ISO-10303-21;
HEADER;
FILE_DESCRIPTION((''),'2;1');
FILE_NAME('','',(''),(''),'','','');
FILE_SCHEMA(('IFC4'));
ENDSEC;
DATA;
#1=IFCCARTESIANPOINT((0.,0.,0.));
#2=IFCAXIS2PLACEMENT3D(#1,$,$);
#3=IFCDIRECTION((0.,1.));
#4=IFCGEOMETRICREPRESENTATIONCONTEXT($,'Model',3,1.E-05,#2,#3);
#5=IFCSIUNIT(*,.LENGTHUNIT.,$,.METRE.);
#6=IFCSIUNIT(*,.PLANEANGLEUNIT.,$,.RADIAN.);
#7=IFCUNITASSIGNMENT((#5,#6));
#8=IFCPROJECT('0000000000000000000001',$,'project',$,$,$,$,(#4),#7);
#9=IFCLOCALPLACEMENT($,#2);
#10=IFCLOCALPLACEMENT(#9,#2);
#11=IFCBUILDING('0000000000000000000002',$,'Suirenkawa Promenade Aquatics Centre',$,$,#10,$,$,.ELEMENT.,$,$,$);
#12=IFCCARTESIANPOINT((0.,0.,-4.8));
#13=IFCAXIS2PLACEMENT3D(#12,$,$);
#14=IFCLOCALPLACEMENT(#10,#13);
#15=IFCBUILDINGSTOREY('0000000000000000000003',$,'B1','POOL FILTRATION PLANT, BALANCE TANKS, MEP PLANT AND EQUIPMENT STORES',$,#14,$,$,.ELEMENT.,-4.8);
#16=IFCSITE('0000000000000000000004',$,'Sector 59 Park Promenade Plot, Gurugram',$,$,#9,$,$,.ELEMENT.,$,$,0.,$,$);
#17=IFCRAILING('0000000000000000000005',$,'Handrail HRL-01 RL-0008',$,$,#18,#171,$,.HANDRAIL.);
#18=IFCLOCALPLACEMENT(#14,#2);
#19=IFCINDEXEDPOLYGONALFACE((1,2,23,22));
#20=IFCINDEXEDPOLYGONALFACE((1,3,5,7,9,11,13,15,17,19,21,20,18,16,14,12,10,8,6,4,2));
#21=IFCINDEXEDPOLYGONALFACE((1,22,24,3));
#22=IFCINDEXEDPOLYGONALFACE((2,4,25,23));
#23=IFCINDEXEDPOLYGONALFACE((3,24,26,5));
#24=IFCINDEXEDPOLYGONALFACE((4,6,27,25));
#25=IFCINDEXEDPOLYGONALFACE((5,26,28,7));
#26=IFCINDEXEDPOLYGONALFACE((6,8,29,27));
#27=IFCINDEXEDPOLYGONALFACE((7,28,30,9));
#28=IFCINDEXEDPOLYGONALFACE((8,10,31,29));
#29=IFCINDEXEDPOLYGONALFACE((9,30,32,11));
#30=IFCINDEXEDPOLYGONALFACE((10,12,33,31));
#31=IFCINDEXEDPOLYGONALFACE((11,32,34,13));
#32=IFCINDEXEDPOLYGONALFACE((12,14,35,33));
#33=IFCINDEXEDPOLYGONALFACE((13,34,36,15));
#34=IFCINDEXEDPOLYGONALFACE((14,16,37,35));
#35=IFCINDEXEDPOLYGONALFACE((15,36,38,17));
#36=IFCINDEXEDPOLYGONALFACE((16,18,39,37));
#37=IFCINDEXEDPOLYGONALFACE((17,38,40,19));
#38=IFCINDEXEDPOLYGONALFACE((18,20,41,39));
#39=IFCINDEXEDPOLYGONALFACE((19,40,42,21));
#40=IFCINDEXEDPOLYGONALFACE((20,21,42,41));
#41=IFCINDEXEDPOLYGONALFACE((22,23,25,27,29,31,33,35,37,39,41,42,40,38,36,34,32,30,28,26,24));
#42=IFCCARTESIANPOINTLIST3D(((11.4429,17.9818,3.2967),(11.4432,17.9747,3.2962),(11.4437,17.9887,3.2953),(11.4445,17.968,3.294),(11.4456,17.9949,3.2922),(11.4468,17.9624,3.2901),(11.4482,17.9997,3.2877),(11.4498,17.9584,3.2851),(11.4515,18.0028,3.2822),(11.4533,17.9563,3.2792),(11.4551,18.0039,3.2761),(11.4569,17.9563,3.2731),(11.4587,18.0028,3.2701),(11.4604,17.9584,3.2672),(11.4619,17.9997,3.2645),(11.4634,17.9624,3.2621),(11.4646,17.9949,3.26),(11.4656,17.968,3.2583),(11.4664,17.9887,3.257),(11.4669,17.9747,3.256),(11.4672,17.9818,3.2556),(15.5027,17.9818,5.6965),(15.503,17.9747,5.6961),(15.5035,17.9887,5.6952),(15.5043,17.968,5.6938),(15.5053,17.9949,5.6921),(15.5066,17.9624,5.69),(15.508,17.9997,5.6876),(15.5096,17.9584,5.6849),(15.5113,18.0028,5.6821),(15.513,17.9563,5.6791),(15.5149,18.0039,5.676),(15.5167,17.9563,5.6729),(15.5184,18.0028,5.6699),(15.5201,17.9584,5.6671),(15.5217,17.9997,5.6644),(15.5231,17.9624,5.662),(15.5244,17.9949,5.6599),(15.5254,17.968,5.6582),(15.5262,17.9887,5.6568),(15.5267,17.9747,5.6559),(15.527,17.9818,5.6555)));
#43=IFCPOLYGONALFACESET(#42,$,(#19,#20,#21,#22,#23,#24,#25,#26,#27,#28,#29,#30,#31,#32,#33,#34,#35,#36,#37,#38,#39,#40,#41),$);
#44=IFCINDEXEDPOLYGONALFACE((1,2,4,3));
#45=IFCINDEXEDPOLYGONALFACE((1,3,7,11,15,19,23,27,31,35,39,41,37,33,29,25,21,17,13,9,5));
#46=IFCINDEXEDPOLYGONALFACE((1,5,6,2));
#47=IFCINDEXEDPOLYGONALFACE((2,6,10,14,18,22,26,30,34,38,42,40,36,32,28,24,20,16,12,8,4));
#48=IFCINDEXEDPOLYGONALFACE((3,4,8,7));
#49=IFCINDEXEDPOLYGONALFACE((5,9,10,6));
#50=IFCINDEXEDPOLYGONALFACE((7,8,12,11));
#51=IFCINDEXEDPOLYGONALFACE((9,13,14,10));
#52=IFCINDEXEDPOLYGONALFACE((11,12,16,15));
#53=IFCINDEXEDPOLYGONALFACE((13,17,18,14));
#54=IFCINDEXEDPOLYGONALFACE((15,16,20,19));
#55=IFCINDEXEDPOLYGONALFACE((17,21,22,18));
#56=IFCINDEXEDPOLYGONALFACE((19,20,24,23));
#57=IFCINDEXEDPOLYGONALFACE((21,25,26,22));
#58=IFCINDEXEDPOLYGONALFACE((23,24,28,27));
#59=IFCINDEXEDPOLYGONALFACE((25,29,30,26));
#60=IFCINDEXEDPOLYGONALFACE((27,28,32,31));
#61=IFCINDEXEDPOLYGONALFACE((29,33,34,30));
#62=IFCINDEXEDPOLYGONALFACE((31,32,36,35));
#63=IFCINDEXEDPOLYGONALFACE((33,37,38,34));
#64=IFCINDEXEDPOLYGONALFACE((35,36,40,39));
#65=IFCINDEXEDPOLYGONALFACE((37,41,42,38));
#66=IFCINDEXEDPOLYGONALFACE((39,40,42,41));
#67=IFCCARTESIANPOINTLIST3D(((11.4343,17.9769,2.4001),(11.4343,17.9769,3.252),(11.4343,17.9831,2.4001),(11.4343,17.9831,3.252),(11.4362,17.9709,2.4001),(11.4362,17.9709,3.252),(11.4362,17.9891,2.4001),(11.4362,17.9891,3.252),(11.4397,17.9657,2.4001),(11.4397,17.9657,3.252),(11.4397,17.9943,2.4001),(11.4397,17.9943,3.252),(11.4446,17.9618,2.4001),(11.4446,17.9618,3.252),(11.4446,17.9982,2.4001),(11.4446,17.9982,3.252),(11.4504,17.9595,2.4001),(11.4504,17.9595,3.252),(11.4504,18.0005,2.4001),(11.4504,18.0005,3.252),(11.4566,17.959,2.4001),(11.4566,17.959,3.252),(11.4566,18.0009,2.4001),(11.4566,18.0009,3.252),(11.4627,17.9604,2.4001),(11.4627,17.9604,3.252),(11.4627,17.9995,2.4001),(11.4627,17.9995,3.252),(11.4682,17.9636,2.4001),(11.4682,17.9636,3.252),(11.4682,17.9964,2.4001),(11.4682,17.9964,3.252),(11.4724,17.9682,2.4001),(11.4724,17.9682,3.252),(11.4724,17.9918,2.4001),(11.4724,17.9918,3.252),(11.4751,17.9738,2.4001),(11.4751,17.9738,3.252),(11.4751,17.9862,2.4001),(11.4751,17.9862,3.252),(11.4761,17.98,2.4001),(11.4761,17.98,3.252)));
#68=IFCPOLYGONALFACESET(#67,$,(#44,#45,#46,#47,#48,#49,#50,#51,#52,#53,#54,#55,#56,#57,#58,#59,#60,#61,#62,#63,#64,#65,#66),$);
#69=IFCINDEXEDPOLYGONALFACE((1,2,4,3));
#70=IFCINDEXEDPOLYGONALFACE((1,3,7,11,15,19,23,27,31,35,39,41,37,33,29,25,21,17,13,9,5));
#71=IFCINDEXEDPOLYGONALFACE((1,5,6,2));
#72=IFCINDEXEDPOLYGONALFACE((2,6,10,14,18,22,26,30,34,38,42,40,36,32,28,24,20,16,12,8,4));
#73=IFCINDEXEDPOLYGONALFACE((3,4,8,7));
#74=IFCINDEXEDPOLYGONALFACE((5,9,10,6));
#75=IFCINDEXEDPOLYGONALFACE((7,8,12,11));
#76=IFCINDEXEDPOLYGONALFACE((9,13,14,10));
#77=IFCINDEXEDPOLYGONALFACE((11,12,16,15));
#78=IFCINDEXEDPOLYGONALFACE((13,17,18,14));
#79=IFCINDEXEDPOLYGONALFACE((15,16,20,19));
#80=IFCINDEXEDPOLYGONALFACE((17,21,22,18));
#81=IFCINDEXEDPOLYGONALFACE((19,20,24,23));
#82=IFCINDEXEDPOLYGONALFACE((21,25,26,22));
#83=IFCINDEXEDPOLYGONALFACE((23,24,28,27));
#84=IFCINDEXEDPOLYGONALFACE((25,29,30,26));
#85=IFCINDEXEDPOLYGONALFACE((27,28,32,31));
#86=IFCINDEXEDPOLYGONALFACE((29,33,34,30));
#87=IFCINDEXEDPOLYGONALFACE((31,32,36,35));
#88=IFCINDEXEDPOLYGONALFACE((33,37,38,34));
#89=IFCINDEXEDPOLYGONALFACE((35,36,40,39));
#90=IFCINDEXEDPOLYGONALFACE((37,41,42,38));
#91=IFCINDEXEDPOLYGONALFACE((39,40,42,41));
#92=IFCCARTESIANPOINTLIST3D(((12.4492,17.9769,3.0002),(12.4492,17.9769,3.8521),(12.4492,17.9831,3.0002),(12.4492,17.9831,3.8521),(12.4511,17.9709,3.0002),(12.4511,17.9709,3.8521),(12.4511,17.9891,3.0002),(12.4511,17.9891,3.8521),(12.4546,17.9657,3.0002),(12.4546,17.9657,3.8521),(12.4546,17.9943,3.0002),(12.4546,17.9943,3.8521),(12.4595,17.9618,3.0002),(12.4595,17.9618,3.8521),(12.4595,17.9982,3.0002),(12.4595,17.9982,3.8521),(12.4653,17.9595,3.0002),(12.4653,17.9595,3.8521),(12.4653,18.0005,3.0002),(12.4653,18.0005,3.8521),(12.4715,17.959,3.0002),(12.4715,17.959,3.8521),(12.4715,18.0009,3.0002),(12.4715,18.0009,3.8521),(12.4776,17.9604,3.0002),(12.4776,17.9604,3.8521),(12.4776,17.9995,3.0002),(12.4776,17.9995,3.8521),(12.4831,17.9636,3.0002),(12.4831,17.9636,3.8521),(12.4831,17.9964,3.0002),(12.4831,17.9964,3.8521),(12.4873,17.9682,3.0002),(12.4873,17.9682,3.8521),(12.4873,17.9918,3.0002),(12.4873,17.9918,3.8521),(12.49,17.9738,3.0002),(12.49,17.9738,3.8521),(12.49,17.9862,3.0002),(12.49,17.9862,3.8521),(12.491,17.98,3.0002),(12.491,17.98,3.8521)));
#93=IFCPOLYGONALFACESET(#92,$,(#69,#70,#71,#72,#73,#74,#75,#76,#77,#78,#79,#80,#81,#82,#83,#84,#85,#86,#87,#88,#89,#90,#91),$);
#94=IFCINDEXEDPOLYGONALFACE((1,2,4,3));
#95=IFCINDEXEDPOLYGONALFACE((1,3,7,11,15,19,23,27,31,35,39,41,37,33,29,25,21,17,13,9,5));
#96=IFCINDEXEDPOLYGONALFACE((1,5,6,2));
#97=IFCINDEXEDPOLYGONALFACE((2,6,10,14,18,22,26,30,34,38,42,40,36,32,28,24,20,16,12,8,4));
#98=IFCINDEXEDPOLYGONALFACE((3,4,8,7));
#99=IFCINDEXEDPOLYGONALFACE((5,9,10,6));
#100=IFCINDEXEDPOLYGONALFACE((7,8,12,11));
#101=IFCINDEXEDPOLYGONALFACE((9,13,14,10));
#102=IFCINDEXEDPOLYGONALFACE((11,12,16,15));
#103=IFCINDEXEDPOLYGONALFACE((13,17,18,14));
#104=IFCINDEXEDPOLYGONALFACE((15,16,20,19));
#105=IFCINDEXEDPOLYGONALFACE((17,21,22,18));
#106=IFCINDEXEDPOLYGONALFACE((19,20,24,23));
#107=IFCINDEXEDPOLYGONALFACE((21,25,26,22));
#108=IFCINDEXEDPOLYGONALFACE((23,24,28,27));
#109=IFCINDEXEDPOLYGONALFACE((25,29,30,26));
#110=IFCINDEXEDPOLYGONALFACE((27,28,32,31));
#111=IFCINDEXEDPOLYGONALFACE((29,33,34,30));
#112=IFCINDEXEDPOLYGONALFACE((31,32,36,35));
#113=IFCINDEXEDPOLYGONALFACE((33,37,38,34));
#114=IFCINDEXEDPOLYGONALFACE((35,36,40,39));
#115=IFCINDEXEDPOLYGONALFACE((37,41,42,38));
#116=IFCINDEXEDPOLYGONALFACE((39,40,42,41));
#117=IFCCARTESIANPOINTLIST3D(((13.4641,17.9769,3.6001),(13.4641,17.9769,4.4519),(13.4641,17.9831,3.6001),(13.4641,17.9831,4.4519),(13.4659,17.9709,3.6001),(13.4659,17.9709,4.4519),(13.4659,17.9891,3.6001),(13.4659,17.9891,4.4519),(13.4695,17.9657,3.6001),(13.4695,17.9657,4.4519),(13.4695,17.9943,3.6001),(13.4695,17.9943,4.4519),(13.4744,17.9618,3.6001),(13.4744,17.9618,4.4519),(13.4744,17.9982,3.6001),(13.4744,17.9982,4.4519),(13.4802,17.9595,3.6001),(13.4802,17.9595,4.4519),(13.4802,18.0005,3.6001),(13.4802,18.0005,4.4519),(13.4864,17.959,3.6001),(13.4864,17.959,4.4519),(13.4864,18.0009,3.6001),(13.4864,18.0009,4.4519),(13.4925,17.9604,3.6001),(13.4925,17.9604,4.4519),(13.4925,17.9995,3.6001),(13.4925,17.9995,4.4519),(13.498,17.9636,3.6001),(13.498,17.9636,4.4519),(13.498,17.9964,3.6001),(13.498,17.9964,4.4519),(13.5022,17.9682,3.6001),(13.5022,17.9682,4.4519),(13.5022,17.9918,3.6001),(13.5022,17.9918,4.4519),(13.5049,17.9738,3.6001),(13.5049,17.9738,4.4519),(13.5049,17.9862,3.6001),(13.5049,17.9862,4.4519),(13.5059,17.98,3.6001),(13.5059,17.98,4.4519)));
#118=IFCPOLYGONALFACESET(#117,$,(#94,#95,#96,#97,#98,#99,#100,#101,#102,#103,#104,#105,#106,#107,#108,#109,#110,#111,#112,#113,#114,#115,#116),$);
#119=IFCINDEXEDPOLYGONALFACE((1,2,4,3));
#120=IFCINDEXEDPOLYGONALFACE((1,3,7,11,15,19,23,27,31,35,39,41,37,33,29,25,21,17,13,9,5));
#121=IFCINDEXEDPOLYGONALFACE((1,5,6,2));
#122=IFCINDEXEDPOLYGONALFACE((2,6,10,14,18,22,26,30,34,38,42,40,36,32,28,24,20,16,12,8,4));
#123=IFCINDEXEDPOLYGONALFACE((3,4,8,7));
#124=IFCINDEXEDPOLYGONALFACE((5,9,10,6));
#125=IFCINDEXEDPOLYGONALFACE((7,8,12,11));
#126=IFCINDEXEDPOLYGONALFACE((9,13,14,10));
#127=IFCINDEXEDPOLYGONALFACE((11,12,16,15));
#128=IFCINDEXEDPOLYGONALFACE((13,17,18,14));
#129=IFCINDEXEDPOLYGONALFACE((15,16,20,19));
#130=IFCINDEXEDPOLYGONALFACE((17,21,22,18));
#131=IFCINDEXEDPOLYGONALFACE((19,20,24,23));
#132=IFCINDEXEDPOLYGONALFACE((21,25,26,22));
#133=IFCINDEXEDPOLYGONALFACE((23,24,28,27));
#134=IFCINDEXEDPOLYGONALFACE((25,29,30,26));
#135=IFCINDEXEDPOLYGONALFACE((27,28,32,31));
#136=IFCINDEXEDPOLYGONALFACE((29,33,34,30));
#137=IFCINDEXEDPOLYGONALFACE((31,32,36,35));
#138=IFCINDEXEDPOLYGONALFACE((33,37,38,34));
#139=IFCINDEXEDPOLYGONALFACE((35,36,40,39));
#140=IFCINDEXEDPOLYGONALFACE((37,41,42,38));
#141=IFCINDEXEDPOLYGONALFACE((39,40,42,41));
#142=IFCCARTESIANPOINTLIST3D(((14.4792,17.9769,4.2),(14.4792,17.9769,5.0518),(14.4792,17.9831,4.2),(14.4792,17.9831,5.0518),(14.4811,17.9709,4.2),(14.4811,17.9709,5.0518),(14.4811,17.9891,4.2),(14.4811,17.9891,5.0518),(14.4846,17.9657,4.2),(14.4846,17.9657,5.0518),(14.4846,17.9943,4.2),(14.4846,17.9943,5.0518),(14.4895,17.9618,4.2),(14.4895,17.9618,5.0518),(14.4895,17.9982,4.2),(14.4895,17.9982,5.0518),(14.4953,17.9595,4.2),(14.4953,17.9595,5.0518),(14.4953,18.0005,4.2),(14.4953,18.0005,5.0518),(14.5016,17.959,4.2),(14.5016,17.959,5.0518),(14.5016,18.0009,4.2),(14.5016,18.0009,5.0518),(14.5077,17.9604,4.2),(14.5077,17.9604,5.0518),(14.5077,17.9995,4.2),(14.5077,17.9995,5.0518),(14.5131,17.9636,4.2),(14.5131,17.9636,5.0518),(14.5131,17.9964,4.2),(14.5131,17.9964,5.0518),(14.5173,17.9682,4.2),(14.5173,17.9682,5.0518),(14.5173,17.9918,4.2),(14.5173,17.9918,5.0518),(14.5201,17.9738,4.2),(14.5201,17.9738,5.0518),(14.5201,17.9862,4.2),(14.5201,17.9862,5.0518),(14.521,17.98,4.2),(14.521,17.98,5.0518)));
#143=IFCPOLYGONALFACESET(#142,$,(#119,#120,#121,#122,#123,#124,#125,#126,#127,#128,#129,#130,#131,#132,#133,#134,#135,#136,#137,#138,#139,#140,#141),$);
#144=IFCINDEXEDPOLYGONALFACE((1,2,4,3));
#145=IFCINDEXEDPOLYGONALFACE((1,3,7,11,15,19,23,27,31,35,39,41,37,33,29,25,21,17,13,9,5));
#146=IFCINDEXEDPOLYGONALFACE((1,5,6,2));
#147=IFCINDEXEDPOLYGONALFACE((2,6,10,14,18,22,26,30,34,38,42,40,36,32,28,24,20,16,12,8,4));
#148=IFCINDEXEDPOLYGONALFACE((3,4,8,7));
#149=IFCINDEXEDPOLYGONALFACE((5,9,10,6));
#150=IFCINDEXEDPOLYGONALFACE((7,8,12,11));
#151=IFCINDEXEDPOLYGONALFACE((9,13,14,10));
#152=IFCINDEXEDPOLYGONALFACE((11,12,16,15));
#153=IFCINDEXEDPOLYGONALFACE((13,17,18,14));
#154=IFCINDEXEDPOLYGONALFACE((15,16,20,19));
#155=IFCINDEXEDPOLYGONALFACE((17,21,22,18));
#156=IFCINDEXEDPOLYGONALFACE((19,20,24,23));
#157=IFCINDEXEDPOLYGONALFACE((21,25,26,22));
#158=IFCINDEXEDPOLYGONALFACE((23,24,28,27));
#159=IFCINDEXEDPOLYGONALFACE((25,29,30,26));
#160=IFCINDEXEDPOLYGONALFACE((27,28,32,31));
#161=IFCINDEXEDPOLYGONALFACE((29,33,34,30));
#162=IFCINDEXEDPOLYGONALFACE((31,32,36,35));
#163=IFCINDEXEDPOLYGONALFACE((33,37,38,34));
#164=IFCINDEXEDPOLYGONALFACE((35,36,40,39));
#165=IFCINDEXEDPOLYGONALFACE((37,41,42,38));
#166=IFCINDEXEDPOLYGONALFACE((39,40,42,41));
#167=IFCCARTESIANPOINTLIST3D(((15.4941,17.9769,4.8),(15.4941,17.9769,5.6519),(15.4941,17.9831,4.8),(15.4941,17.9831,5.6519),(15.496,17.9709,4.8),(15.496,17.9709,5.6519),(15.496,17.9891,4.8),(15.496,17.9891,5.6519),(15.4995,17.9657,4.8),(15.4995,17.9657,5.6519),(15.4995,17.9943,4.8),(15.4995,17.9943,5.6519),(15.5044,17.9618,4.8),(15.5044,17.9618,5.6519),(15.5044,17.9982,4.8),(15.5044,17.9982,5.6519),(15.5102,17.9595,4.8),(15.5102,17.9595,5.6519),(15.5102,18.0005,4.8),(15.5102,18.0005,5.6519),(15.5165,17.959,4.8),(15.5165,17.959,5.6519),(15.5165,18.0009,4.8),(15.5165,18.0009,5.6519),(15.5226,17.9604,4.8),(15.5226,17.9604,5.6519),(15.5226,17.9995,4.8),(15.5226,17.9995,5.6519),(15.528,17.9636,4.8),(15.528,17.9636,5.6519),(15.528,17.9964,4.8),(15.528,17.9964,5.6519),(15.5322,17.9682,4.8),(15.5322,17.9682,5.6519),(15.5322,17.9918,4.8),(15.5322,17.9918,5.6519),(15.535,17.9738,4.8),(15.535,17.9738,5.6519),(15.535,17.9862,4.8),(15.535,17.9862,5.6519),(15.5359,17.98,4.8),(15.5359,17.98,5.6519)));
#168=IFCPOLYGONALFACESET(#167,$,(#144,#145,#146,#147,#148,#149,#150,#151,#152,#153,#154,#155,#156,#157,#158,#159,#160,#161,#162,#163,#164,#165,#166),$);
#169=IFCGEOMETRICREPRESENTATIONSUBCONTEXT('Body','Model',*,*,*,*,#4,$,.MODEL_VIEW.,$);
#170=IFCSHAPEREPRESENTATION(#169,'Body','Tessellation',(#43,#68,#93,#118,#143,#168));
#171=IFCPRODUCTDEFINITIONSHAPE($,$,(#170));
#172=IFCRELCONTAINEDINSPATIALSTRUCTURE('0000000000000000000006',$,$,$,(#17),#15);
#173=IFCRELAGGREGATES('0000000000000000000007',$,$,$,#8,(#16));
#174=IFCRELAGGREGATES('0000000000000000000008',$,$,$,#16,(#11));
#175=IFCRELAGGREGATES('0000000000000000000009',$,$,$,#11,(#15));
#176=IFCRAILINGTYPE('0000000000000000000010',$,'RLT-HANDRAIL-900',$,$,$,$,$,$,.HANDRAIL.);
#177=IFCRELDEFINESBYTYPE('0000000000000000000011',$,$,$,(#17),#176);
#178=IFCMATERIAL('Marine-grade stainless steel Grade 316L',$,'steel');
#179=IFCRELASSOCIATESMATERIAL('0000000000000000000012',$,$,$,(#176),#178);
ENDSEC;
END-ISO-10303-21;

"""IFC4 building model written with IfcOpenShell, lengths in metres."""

from ifc_helpers import new_model, si_unit, direction, frame, origin, origin_2d, place, context, subcontext, project, spatial, circle, extrude, material, type_object, element, save


model = new_model("IFC4")

# Units and contexts
model_context = context("Model", 3, precision=1e-05, world=origin(), true_north=direction((0.0, 1.0)))
body_context = subcontext(model_context, "Body", "Model", "MODEL_VIEW")
ifc_project = project(units=[si_unit("LENGTHUNIT", "METRE"), si_unit("PLANEANGLEUNIT", "RADIAN")], contexts=[model_context])

# Site, building, storey
site_placement = place(None, origin())
site = spatial("IfcSite", under=ifc_project, at=site_placement, Name="Sector 59 Park Promenade Plot, Gurugram", CompositionType="ELEMENT", RefElevation=0.0)
building_placement = place(site_placement, origin())
building = spatial("IfcBuilding", under=site, at=building_placement, Name="Suirenkawa Promenade Aquatics Centre", CompositionType="ELEMENT")
storey_placement = place(building_placement, frame((0.0, 0.0, -4.8)))
storey = spatial("IfcBuildingStorey", under=building, at=storey_placement, Name="B1", Description="POOL FILTRATION PLANT, BALANCE TANKS, MEP PLANT AND EQUIPMENT STORES", CompositionType="ELEMENT", Elevation=-4.8)

# Railing
ifc_material_1 = material(Name="Marine-grade stainless steel Grade 316L", Category="steel")
railing_type_1 = type_object("IfcRailingType", Name="RLT-HANDRAIL-900", PredefinedType="HANDRAIL", material=ifc_material_1)
for number, where, name in (
    (1, (11.4551, 17.98, 2.4001), "Handrail HRL-01 RL-0008"),
):
    element("IfcRailing", number, at=place(storey_placement, frame(where)), inside=storey, type_object=railing_type_1, Name=name, PredefinedType="HANDRAIL", context=body_context, shape_type="SweptSolid", body=[
        extrude(circle(Radius=0.0239, at=origin_2d()), frame((0.0, 0.0, 0.876), z_axis=(0.860841, 0.0, 0.508874), x_axis=(0.0, 1.0, 0.0)), (0.0, 0.0, 1.0), 4.7161),
        extrude(circle(Radius=0.021, at=origin_2d()), origin(), (0.0, 0.0, 1.0), 0.8518),
        extrude(circle(Radius=0.021, at=origin_2d()), frame((1.0149, 0.0, 0.6001)), (0.0, 0.0, 1.0), 0.8518),
        extrude(circle(Radius=0.021, at=origin_2d()), frame((2.0298, 0.0, 1.2)), (0.0, 0.0, 1.0), 0.8518),
        extrude(circle(Radius=0.021, at=origin_2d()), frame((3.0449, 0.0, 1.7998)), (0.0, 0.0, 1.0), 0.8518),
        extrude(circle(Radius=0.021, at=origin_2d()), frame((4.0598, 0.0, 2.3999)), (0.0, 0.0, 1.0), 0.8518),
    ])

save(model, "model.ifc")
